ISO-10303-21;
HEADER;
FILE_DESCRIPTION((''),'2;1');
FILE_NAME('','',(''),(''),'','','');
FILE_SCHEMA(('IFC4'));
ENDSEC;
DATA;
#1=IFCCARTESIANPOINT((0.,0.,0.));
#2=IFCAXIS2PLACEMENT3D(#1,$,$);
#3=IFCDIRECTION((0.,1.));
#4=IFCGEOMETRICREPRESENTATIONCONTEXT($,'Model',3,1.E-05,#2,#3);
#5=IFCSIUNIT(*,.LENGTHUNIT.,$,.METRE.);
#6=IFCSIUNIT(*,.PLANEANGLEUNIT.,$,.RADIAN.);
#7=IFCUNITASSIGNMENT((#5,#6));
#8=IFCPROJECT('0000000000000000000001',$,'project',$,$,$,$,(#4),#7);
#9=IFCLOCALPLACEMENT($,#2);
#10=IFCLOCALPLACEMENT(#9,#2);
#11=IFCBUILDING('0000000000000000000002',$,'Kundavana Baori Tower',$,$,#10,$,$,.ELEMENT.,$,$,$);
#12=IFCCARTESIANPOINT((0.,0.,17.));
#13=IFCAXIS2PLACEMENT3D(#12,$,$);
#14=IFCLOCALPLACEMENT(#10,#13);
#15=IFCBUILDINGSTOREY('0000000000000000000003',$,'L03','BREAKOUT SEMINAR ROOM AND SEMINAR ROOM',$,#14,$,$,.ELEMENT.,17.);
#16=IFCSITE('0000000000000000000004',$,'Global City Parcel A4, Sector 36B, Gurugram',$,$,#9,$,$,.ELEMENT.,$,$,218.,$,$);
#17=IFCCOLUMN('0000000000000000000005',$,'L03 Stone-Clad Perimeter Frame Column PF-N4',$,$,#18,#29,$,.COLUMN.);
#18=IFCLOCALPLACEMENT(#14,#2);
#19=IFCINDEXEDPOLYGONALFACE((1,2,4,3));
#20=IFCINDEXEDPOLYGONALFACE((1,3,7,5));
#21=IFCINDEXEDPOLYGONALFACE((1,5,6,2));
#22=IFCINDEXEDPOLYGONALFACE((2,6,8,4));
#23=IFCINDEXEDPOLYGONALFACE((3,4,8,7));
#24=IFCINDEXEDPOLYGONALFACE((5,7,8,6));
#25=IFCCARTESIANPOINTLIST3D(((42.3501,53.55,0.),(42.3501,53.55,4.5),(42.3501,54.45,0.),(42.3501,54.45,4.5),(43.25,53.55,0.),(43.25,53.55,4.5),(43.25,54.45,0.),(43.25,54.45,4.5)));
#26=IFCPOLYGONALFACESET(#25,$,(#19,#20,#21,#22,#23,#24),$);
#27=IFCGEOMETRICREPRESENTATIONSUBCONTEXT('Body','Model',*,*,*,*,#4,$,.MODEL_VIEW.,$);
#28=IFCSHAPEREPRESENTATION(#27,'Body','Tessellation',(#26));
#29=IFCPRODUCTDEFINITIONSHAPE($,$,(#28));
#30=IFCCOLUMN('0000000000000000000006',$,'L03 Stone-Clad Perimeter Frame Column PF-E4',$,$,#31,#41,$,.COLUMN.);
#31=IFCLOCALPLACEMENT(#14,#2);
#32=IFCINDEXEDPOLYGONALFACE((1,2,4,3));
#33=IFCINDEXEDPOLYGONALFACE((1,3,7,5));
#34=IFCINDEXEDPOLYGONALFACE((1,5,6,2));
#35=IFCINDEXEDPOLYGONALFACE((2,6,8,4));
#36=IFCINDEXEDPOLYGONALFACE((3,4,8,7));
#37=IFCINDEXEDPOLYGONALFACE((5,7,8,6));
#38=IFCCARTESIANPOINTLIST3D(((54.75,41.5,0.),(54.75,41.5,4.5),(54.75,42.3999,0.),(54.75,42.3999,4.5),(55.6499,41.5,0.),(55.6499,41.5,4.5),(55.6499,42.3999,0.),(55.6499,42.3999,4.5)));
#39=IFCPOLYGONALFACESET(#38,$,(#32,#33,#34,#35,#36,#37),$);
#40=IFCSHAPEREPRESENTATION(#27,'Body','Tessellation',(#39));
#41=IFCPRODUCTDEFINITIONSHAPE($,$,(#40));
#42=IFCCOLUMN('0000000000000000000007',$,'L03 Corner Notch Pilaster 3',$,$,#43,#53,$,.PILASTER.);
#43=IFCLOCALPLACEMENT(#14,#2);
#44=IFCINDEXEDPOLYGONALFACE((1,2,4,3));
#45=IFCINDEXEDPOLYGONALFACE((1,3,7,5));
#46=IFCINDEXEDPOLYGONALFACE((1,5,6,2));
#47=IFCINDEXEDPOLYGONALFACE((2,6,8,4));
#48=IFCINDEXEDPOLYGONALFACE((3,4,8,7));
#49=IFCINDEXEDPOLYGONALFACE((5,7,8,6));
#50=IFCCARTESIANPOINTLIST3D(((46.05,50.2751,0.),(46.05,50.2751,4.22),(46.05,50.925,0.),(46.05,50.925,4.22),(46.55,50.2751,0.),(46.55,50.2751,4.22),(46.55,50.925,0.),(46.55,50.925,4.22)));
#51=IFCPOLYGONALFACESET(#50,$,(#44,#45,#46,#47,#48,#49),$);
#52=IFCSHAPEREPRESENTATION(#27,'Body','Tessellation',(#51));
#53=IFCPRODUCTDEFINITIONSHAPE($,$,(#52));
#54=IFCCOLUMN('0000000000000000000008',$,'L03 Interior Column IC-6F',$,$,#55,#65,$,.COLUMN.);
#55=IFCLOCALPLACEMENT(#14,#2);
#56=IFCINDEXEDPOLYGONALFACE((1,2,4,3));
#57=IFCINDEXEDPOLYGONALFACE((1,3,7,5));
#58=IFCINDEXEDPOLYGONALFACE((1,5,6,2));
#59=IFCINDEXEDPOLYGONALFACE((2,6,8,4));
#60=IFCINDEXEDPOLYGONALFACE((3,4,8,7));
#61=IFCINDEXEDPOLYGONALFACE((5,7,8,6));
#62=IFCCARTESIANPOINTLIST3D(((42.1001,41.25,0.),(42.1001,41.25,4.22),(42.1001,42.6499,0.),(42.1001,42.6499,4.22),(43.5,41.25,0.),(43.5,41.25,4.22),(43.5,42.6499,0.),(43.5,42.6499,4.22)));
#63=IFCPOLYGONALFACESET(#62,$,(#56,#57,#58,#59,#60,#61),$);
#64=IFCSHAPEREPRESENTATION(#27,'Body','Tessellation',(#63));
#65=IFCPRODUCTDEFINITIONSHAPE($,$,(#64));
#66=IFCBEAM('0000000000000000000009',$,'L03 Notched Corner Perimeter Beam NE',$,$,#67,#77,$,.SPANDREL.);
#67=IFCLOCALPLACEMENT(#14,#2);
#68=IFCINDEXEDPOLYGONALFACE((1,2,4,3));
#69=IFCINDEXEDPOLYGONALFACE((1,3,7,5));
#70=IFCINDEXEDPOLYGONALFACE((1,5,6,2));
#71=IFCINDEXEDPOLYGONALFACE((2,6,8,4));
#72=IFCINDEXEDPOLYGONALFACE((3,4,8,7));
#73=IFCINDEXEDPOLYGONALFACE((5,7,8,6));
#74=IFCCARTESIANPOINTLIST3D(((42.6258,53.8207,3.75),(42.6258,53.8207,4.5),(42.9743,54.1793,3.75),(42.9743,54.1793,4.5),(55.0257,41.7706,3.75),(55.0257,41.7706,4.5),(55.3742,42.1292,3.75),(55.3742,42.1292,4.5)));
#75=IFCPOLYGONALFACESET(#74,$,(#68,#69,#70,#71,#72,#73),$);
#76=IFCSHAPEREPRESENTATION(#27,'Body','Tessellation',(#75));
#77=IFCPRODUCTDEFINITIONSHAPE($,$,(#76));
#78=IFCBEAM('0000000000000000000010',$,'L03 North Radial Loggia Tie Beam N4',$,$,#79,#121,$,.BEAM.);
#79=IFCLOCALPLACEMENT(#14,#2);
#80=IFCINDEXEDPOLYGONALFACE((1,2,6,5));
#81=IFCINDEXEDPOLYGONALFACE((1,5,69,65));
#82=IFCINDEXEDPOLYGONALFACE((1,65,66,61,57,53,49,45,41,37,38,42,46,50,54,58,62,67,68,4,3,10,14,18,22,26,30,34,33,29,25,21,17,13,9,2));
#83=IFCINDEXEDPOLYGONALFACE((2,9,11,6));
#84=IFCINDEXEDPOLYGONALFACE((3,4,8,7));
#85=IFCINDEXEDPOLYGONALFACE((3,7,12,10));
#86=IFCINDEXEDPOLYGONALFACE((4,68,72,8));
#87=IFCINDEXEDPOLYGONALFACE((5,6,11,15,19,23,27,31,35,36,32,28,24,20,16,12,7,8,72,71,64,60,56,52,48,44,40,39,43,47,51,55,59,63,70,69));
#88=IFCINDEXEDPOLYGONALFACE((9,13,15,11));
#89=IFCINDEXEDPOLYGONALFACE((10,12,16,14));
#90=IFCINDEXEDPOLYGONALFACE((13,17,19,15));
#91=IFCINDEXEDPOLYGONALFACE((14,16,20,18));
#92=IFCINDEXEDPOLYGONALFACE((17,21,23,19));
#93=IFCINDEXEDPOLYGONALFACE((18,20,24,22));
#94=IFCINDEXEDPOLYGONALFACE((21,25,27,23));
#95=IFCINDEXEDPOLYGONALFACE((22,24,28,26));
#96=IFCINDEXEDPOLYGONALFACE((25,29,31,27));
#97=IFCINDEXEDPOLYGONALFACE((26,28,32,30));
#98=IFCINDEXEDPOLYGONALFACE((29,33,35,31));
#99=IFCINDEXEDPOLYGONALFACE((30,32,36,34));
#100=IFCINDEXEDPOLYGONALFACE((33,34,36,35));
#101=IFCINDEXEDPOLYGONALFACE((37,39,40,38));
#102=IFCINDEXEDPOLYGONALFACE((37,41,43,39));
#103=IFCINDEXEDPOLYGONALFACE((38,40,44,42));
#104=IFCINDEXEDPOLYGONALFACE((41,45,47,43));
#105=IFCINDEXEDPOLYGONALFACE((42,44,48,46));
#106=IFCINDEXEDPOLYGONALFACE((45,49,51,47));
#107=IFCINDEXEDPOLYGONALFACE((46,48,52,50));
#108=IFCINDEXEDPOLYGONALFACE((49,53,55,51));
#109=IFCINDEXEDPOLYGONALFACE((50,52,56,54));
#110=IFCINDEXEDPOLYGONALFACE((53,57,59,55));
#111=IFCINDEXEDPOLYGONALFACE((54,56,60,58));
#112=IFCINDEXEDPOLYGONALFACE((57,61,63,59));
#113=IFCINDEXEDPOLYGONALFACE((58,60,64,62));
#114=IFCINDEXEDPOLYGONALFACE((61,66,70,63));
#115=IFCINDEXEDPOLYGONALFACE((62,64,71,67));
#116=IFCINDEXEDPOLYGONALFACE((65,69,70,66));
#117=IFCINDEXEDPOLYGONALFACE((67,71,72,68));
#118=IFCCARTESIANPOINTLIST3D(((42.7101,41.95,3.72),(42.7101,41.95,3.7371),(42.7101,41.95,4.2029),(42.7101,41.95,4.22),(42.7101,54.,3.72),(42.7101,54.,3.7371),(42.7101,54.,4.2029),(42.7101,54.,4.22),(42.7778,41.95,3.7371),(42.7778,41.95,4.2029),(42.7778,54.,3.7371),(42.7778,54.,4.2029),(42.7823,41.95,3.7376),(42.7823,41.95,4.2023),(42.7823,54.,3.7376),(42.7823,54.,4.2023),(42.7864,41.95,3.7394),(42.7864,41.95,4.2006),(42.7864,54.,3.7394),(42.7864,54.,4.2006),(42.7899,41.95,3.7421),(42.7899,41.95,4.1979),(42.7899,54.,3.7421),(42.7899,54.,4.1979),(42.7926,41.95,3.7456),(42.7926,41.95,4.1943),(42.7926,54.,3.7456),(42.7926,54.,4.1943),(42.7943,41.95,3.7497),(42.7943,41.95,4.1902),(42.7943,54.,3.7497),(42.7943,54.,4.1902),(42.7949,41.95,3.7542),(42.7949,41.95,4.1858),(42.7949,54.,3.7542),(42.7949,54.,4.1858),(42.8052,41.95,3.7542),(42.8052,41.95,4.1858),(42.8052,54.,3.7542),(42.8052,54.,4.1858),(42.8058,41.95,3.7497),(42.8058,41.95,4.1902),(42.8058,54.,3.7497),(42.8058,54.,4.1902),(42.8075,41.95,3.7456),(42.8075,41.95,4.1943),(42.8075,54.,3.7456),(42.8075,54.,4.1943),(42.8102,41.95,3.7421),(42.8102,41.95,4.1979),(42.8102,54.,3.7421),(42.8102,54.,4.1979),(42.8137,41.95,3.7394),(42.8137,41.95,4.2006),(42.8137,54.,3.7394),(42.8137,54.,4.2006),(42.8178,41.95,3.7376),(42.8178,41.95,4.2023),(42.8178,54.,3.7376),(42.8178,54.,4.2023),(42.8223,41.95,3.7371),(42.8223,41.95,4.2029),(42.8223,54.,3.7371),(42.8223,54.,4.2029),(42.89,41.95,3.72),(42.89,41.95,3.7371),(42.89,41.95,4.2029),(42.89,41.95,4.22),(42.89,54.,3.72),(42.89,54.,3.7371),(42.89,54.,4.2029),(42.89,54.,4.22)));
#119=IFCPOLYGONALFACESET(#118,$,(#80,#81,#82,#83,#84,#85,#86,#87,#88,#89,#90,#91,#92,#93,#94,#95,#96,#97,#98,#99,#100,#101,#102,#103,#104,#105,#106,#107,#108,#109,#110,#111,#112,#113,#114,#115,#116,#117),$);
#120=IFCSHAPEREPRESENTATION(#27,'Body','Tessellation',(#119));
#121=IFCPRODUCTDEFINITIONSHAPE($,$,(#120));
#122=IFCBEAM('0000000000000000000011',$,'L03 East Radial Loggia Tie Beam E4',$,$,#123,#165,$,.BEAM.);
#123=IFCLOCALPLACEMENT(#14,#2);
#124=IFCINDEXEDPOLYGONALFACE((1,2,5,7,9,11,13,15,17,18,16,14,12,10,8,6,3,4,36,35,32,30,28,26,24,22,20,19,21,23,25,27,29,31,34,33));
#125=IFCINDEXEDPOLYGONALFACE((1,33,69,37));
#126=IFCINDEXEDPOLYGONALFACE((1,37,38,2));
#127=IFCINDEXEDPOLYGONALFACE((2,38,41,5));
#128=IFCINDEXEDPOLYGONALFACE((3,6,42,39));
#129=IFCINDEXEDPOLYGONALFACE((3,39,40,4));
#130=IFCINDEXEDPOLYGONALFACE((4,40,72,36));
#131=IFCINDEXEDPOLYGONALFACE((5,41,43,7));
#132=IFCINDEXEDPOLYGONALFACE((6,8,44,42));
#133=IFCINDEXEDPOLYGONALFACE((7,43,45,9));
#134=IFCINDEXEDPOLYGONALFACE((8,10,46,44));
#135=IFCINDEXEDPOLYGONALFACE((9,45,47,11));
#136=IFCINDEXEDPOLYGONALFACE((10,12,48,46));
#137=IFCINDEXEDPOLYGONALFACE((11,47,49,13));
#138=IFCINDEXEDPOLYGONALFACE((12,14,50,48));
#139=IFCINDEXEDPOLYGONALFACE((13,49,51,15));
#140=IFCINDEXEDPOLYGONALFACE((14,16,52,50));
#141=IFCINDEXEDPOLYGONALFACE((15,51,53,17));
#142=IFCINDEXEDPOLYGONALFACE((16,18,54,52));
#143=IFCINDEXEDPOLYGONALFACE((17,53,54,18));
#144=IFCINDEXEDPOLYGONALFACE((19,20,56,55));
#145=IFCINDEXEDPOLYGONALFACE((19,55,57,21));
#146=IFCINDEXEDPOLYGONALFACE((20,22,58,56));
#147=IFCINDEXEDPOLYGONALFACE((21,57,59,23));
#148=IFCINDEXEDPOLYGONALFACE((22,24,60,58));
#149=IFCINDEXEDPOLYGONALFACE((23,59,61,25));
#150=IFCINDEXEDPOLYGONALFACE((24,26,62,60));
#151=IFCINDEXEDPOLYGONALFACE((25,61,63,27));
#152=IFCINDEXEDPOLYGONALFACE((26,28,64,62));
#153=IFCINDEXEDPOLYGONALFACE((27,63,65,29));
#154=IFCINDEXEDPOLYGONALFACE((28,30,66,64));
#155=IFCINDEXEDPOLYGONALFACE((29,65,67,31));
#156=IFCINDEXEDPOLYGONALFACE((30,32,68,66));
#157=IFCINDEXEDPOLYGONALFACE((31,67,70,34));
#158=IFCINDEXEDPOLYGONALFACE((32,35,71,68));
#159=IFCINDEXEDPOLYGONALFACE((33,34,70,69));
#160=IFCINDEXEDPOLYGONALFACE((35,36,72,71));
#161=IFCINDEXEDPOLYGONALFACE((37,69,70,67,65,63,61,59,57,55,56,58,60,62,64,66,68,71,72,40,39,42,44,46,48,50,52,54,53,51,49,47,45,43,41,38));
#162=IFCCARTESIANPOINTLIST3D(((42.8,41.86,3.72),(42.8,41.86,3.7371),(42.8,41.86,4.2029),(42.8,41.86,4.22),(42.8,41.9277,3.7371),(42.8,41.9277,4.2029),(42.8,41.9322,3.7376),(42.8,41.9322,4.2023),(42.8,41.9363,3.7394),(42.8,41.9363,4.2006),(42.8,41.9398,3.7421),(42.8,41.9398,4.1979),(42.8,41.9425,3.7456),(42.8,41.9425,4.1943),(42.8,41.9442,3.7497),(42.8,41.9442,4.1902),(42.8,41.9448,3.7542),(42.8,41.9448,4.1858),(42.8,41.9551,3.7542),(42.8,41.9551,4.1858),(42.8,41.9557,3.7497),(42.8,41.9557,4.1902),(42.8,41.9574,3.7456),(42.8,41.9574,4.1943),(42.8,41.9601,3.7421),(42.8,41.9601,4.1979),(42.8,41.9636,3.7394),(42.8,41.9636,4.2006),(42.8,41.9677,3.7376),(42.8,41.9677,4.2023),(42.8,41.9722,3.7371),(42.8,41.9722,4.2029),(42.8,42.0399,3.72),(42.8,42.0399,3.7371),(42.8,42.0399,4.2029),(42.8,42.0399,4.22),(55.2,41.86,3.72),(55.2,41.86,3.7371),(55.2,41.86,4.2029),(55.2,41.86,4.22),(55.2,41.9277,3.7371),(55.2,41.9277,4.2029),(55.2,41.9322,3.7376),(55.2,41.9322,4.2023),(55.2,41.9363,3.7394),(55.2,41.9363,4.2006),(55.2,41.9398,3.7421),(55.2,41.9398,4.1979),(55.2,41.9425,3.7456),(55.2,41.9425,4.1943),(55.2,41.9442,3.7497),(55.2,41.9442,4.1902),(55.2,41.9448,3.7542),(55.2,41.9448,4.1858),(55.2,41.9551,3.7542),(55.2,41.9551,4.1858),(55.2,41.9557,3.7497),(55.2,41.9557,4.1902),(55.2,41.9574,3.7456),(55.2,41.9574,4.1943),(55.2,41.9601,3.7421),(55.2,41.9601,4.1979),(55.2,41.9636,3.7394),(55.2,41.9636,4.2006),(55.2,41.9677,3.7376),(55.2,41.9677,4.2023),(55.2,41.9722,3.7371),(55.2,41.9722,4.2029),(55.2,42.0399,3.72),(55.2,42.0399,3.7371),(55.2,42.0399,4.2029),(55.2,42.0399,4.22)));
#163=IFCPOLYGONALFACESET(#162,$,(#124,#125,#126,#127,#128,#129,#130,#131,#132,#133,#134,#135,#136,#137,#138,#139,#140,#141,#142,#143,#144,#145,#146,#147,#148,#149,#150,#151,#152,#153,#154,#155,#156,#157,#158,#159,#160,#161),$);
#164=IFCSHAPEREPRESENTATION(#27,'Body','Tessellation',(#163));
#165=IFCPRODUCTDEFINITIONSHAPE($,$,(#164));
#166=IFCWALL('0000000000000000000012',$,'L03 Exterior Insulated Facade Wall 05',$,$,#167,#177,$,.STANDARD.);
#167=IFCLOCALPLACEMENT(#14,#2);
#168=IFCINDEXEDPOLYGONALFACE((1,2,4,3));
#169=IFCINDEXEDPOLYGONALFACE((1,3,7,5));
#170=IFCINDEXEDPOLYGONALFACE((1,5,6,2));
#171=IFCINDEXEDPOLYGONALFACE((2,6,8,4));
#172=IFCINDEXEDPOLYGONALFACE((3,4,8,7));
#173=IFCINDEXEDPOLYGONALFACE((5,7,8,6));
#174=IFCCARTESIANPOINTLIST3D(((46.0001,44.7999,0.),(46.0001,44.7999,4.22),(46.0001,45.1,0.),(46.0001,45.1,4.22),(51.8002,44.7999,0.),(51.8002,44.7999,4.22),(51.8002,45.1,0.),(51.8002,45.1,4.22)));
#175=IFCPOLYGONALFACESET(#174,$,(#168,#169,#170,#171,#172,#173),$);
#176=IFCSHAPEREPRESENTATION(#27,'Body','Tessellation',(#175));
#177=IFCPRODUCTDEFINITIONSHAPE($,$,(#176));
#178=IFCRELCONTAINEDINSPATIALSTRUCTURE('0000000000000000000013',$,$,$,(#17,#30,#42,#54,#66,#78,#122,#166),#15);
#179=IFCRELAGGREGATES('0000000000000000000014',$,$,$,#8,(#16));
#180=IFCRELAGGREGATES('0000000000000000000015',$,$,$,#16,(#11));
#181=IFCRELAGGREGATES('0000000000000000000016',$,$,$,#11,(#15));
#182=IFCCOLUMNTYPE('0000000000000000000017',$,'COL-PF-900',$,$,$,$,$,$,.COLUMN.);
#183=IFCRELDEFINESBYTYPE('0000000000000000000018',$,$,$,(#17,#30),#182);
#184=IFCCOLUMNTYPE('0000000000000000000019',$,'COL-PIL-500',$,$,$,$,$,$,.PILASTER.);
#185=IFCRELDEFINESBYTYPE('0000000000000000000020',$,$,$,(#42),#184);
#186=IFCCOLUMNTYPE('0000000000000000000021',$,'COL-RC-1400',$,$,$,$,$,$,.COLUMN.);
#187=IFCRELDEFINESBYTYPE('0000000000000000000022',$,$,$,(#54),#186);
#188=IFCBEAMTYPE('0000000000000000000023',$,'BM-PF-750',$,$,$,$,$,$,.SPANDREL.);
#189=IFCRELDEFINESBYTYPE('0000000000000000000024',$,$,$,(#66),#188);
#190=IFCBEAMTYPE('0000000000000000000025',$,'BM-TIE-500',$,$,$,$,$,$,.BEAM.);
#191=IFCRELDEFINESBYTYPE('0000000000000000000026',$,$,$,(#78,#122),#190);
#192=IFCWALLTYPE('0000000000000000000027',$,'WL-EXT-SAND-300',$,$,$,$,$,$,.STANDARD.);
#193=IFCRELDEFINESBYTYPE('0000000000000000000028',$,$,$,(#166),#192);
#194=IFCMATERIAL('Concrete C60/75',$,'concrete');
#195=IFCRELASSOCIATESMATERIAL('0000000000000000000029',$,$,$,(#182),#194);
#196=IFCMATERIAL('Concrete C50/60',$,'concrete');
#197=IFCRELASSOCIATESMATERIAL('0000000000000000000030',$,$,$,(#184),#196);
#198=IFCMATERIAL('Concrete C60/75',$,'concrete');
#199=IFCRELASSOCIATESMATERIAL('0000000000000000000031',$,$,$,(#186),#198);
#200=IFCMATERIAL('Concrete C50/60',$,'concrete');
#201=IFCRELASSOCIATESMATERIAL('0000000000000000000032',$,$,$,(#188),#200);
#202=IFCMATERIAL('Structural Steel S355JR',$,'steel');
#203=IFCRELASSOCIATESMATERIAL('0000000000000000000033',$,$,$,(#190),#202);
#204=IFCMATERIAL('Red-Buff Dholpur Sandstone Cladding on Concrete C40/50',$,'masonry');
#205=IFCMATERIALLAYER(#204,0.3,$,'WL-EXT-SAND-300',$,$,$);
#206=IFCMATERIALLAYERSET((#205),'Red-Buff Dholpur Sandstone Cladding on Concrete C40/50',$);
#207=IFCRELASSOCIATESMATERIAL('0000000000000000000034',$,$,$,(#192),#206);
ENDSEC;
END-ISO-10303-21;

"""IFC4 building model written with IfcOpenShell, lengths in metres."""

from ifc_helpers import new_model, si_unit, direction, frame, frame_2d, origin, origin_2d, place, context, subcontext, project, spatial, rectangle, i_section, extrude, material, layer, layer_set, material_profile, profile_set, type_object, element, save


model = new_model("IFC4")

# Units and contexts
model_context = context("Model", 3, precision=1e-05, world=origin(), true_north=direction((0.0, 1.0)))
body_context = subcontext(model_context, "Body", "Model", "MODEL_VIEW")
ifc_project = project(units=[si_unit("LENGTHUNIT", "METRE"), si_unit("PLANEANGLEUNIT", "RADIAN")], contexts=[model_context])

# Site, building, storey
site_placement = place(None, origin())
site = spatial("IfcSite", under=ifc_project, at=site_placement, Name="Global City Parcel A4, Sector 36B, Gurugram", CompositionType="ELEMENT", RefElevation=218.0)
building_placement = place(site_placement, origin())
building = spatial("IfcBuilding", under=site, at=building_placement, Name="Kundavana Baori Tower", CompositionType="ELEMENT")
storey_placement = place(building_placement, frame((0.0, 0.0, 17.0)))
storey = spatial("IfcBuildingStorey", under=building, at=storey_placement, Name="L03", Description="BREAKOUT SEMINAR ROOM AND SEMINAR ROOM", CompositionType="ELEMENT", Elevation=17.0)

# Columns
ifc_material_1 = material(Name="Concrete C60/75", Category="concrete")
ifc_material_profile_1 = material_profile(ifc_material_1, rectangle(XDim=0.8999, YDim=0.8999, at=origin_2d()), Name="RC PF 900x900")
ifc_profile_set_1 = profile_set([ifc_material_profile_1], Name="Concrete C60/75")
column_type_1 = type_object("IfcColumnType", Name="COL-PF-900", PredefinedType="COLUMN", material=ifc_profile_set_1)
for number, where, z_axis, x_axis, name in (
    (1, (42.8, 54.0, 0.0), (0.0, 0.0, 1.0), (1.0, 0.0, 0.0), "L03 Stone-Clad Perimeter Frame Column PF-N4"),
    (2, (55.2, 41.95, 0.0), (0.0, 0.0, 1.0), (1.0, 0.0, 0.0), "L03 Stone-Clad Perimeter Frame Column PF-E4"),
):
    element("IfcColumn", number, at=place(storey_placement, frame(where, z_axis=z_axis, x_axis=x_axis)), inside=storey, type_object=column_type_1, Name=name, PredefinedType="COLUMN", context=body_context, shape_type="SweptSolid", body=[
        extrude(rectangle(XDim=0.8999, YDim=0.8999, at=origin_2d()), origin(), (0.0, 0.0, 1.0), 4.5),
    ])
ifc_material_2 = material(Name="Concrete C50/60", Category="concrete")
ifc_material_profile_2 = material_profile(ifc_material_2, rectangle(XDim=0.5, YDim=0.6499, at=origin_2d()), Name="RC PIL 500x650")
ifc_profile_set_2 = profile_set([ifc_material_profile_2], Name="Concrete C50/60")
column_type_2 = type_object("IfcColumnType", Name="COL-PIL-500", PredefinedType="PILASTER", material=ifc_profile_set_2)
column_1_placement = place(storey_placement, frame((46.3, 50.6001, 0.0), z_axis=(0.0, 0.0, 1.0), x_axis=(1.0, 0.0, 0.0)))
element("IfcColumn", 3, at=column_1_placement, inside=storey, type_object=column_type_2, Name="L03 Corner Notch Pilaster 3", PredefinedType="PILASTER", context=body_context, shape_type="SweptSolid", body=[
    extrude(rectangle(XDim=0.5, YDim=0.6499, at=origin_2d()), origin(), (0.0, 0.0, 1.0), 4.22),
])
ifc_material_3 = material(Name="Concrete C60/75", Category="concrete")
ifc_material_profile_3 = material_profile(ifc_material_3, rectangle(XDim=1.3999, YDim=1.3999, at=origin_2d()), Name="RC 1400x1400")
ifc_profile_set_3 = profile_set([ifc_material_profile_3], Name="Concrete C60/75")
column_type_3 = type_object("IfcColumnType", Name="COL-RC-1400", PredefinedType="COLUMN", material=ifc_profile_set_3)
column_2_placement = place(storey_placement, frame((42.8, 41.95, 0.0), z_axis=(0.0, 0.0, 1.0), x_axis=(1.0, 0.0, 0.0)))
element("IfcColumn", 4, at=column_2_placement, inside=storey, type_object=column_type_3, Name="L03 Interior Column IC-6F", PredefinedType="COLUMN", context=body_context, shape_type="SweptSolid", body=[
    extrude(rectangle(XDim=1.3999, YDim=1.3999, at=origin_2d()), origin(), (0.0, 0.0, 1.0), 4.22),
])

# Beams
ifc_material_4 = material(Name="Concrete C50/60", Category="concrete")
ifc_material_profile_4 = material_profile(ifc_material_4, rectangle(XDim=0.5, YDim=0.75, at=origin_2d()), Name="RC BM 500x750")
ifc_profile_set_4 = profile_set([ifc_material_profile_4], Name="Concrete C50/60")
beam_type_1 = type_object("IfcBeamType", Name="BM-PF-750", PredefinedType="SPANDREL", material=ifc_profile_set_4)
beam_1_placement = place(storey_placement, frame((42.8, 54.0, 4.125), z_axis=(0.717151, -0.696917, 0.0), x_axis=(0.696917, 0.717151, 0.0)))
element("IfcBeam", 5, at=beam_1_placement, inside=storey, type_object=beam_type_1, Name="L03 Notched Corner Perimeter Beam NE", PredefinedType="SPANDREL", context=body_context, shape_type="SweptSolid", body=[
    extrude(rectangle(XDim=0.5, YDim=0.75, at=origin_2d()), origin(), (0.0, 0.0, 1.0), 17.2905),
])
ifc_material_5 = material(Name="Structural Steel S355JR", Category="steel")
ifc_material_profile_5 = material_profile(ifc_material_5, i_section(OverallWidth=0.1799, OverallDepth=0.5, WebThickness=0.0103, FlangeThickness=0.0171, FilletRadius=0.0171, at=origin_2d()), Name="ISMB 500")
ifc_profile_set_5 = profile_set([ifc_material_profile_5], Name="Structural Steel S355JR")
beam_type_2 = type_object("IfcBeamType", Name="BM-TIE-500", PredefinedType="BEAM", material=ifc_profile_set_5)
beam_2_placement = place(storey_placement, frame((42.8, 41.95, 3.97), z_axis=(0.0, 1.0, 0.0), x_axis=(-1.0, 0.0, 0.0)))
element("IfcBeam", 6, at=beam_2_placement, inside=storey, type_object=beam_type_2, Name="L03 North Radial Loggia Tie Beam N4", PredefinedType="BEAM", context=body_context, shape_type="SweptSolid", body=[
    extrude(i_section(OverallWidth=0.1799, OverallDepth=0.5, WebThickness=0.0103, FlangeThickness=0.0171, FilletRadius=0.0171, at=origin_2d()), origin(), (0.0, 0.0, 1.0), 12.05),
])
beam_3_placement = place(storey_placement, frame((42.8, 41.95, 3.97), z_axis=(1.0, 0.0, 0.0), x_axis=(0.0, 1.0, 0.0)))
element("IfcBeam", 7, at=beam_3_placement, inside=storey, type_object=beam_type_2, Name="L03 East Radial Loggia Tie Beam E4", PredefinedType="BEAM", context=body_context, shape_type="SweptSolid", body=[
    extrude(i_section(OverallWidth=0.1799, OverallDepth=0.5, WebThickness=0.0103, FlangeThickness=0.0171, FilletRadius=0.0171, at=origin_2d()), origin(), (0.0, 0.0, 1.0), 12.3999),
])

# Wall
ifc_material_6 = material(Name="Red-Buff Dholpur Sandstone Cladding on Concrete C40/50", Category="masonry")
ifc_layer_1 = layer(ifc_material_6, 0.3, Name="WL-EXT-SAND-300")
ifc_layer_set_1 = layer_set([ifc_layer_1], Name="Red-Buff Dholpur Sandstone Cladding on Concrete C40/50")
wall_type_1 = type_object("IfcWallType", Name="WL-EXT-SAND-300", PredefinedType="STANDARD", material=ifc_layer_set_1)
wall_1_placement = place(storey_placement, frame((51.8, 44.95, 0.0), z_axis=(0.0, 0.0, 1.0), x_axis=(-1.0, 0.0, 0.0)))
element("IfcWall", 8, at=wall_1_placement, inside=storey, type_object=wall_type_1, Name="L03 Exterior Insulated Facade Wall 05", PredefinedType="STANDARD", context=body_context, shape_type="SweptSolid", body=[
    extrude(rectangle(XDim=5.8, YDim=0.3, at=frame_2d((2.8999, 0.0))), origin(), (0.0, 0.0, 1.0), 4.22),
])

save(model, "model.ifc")
